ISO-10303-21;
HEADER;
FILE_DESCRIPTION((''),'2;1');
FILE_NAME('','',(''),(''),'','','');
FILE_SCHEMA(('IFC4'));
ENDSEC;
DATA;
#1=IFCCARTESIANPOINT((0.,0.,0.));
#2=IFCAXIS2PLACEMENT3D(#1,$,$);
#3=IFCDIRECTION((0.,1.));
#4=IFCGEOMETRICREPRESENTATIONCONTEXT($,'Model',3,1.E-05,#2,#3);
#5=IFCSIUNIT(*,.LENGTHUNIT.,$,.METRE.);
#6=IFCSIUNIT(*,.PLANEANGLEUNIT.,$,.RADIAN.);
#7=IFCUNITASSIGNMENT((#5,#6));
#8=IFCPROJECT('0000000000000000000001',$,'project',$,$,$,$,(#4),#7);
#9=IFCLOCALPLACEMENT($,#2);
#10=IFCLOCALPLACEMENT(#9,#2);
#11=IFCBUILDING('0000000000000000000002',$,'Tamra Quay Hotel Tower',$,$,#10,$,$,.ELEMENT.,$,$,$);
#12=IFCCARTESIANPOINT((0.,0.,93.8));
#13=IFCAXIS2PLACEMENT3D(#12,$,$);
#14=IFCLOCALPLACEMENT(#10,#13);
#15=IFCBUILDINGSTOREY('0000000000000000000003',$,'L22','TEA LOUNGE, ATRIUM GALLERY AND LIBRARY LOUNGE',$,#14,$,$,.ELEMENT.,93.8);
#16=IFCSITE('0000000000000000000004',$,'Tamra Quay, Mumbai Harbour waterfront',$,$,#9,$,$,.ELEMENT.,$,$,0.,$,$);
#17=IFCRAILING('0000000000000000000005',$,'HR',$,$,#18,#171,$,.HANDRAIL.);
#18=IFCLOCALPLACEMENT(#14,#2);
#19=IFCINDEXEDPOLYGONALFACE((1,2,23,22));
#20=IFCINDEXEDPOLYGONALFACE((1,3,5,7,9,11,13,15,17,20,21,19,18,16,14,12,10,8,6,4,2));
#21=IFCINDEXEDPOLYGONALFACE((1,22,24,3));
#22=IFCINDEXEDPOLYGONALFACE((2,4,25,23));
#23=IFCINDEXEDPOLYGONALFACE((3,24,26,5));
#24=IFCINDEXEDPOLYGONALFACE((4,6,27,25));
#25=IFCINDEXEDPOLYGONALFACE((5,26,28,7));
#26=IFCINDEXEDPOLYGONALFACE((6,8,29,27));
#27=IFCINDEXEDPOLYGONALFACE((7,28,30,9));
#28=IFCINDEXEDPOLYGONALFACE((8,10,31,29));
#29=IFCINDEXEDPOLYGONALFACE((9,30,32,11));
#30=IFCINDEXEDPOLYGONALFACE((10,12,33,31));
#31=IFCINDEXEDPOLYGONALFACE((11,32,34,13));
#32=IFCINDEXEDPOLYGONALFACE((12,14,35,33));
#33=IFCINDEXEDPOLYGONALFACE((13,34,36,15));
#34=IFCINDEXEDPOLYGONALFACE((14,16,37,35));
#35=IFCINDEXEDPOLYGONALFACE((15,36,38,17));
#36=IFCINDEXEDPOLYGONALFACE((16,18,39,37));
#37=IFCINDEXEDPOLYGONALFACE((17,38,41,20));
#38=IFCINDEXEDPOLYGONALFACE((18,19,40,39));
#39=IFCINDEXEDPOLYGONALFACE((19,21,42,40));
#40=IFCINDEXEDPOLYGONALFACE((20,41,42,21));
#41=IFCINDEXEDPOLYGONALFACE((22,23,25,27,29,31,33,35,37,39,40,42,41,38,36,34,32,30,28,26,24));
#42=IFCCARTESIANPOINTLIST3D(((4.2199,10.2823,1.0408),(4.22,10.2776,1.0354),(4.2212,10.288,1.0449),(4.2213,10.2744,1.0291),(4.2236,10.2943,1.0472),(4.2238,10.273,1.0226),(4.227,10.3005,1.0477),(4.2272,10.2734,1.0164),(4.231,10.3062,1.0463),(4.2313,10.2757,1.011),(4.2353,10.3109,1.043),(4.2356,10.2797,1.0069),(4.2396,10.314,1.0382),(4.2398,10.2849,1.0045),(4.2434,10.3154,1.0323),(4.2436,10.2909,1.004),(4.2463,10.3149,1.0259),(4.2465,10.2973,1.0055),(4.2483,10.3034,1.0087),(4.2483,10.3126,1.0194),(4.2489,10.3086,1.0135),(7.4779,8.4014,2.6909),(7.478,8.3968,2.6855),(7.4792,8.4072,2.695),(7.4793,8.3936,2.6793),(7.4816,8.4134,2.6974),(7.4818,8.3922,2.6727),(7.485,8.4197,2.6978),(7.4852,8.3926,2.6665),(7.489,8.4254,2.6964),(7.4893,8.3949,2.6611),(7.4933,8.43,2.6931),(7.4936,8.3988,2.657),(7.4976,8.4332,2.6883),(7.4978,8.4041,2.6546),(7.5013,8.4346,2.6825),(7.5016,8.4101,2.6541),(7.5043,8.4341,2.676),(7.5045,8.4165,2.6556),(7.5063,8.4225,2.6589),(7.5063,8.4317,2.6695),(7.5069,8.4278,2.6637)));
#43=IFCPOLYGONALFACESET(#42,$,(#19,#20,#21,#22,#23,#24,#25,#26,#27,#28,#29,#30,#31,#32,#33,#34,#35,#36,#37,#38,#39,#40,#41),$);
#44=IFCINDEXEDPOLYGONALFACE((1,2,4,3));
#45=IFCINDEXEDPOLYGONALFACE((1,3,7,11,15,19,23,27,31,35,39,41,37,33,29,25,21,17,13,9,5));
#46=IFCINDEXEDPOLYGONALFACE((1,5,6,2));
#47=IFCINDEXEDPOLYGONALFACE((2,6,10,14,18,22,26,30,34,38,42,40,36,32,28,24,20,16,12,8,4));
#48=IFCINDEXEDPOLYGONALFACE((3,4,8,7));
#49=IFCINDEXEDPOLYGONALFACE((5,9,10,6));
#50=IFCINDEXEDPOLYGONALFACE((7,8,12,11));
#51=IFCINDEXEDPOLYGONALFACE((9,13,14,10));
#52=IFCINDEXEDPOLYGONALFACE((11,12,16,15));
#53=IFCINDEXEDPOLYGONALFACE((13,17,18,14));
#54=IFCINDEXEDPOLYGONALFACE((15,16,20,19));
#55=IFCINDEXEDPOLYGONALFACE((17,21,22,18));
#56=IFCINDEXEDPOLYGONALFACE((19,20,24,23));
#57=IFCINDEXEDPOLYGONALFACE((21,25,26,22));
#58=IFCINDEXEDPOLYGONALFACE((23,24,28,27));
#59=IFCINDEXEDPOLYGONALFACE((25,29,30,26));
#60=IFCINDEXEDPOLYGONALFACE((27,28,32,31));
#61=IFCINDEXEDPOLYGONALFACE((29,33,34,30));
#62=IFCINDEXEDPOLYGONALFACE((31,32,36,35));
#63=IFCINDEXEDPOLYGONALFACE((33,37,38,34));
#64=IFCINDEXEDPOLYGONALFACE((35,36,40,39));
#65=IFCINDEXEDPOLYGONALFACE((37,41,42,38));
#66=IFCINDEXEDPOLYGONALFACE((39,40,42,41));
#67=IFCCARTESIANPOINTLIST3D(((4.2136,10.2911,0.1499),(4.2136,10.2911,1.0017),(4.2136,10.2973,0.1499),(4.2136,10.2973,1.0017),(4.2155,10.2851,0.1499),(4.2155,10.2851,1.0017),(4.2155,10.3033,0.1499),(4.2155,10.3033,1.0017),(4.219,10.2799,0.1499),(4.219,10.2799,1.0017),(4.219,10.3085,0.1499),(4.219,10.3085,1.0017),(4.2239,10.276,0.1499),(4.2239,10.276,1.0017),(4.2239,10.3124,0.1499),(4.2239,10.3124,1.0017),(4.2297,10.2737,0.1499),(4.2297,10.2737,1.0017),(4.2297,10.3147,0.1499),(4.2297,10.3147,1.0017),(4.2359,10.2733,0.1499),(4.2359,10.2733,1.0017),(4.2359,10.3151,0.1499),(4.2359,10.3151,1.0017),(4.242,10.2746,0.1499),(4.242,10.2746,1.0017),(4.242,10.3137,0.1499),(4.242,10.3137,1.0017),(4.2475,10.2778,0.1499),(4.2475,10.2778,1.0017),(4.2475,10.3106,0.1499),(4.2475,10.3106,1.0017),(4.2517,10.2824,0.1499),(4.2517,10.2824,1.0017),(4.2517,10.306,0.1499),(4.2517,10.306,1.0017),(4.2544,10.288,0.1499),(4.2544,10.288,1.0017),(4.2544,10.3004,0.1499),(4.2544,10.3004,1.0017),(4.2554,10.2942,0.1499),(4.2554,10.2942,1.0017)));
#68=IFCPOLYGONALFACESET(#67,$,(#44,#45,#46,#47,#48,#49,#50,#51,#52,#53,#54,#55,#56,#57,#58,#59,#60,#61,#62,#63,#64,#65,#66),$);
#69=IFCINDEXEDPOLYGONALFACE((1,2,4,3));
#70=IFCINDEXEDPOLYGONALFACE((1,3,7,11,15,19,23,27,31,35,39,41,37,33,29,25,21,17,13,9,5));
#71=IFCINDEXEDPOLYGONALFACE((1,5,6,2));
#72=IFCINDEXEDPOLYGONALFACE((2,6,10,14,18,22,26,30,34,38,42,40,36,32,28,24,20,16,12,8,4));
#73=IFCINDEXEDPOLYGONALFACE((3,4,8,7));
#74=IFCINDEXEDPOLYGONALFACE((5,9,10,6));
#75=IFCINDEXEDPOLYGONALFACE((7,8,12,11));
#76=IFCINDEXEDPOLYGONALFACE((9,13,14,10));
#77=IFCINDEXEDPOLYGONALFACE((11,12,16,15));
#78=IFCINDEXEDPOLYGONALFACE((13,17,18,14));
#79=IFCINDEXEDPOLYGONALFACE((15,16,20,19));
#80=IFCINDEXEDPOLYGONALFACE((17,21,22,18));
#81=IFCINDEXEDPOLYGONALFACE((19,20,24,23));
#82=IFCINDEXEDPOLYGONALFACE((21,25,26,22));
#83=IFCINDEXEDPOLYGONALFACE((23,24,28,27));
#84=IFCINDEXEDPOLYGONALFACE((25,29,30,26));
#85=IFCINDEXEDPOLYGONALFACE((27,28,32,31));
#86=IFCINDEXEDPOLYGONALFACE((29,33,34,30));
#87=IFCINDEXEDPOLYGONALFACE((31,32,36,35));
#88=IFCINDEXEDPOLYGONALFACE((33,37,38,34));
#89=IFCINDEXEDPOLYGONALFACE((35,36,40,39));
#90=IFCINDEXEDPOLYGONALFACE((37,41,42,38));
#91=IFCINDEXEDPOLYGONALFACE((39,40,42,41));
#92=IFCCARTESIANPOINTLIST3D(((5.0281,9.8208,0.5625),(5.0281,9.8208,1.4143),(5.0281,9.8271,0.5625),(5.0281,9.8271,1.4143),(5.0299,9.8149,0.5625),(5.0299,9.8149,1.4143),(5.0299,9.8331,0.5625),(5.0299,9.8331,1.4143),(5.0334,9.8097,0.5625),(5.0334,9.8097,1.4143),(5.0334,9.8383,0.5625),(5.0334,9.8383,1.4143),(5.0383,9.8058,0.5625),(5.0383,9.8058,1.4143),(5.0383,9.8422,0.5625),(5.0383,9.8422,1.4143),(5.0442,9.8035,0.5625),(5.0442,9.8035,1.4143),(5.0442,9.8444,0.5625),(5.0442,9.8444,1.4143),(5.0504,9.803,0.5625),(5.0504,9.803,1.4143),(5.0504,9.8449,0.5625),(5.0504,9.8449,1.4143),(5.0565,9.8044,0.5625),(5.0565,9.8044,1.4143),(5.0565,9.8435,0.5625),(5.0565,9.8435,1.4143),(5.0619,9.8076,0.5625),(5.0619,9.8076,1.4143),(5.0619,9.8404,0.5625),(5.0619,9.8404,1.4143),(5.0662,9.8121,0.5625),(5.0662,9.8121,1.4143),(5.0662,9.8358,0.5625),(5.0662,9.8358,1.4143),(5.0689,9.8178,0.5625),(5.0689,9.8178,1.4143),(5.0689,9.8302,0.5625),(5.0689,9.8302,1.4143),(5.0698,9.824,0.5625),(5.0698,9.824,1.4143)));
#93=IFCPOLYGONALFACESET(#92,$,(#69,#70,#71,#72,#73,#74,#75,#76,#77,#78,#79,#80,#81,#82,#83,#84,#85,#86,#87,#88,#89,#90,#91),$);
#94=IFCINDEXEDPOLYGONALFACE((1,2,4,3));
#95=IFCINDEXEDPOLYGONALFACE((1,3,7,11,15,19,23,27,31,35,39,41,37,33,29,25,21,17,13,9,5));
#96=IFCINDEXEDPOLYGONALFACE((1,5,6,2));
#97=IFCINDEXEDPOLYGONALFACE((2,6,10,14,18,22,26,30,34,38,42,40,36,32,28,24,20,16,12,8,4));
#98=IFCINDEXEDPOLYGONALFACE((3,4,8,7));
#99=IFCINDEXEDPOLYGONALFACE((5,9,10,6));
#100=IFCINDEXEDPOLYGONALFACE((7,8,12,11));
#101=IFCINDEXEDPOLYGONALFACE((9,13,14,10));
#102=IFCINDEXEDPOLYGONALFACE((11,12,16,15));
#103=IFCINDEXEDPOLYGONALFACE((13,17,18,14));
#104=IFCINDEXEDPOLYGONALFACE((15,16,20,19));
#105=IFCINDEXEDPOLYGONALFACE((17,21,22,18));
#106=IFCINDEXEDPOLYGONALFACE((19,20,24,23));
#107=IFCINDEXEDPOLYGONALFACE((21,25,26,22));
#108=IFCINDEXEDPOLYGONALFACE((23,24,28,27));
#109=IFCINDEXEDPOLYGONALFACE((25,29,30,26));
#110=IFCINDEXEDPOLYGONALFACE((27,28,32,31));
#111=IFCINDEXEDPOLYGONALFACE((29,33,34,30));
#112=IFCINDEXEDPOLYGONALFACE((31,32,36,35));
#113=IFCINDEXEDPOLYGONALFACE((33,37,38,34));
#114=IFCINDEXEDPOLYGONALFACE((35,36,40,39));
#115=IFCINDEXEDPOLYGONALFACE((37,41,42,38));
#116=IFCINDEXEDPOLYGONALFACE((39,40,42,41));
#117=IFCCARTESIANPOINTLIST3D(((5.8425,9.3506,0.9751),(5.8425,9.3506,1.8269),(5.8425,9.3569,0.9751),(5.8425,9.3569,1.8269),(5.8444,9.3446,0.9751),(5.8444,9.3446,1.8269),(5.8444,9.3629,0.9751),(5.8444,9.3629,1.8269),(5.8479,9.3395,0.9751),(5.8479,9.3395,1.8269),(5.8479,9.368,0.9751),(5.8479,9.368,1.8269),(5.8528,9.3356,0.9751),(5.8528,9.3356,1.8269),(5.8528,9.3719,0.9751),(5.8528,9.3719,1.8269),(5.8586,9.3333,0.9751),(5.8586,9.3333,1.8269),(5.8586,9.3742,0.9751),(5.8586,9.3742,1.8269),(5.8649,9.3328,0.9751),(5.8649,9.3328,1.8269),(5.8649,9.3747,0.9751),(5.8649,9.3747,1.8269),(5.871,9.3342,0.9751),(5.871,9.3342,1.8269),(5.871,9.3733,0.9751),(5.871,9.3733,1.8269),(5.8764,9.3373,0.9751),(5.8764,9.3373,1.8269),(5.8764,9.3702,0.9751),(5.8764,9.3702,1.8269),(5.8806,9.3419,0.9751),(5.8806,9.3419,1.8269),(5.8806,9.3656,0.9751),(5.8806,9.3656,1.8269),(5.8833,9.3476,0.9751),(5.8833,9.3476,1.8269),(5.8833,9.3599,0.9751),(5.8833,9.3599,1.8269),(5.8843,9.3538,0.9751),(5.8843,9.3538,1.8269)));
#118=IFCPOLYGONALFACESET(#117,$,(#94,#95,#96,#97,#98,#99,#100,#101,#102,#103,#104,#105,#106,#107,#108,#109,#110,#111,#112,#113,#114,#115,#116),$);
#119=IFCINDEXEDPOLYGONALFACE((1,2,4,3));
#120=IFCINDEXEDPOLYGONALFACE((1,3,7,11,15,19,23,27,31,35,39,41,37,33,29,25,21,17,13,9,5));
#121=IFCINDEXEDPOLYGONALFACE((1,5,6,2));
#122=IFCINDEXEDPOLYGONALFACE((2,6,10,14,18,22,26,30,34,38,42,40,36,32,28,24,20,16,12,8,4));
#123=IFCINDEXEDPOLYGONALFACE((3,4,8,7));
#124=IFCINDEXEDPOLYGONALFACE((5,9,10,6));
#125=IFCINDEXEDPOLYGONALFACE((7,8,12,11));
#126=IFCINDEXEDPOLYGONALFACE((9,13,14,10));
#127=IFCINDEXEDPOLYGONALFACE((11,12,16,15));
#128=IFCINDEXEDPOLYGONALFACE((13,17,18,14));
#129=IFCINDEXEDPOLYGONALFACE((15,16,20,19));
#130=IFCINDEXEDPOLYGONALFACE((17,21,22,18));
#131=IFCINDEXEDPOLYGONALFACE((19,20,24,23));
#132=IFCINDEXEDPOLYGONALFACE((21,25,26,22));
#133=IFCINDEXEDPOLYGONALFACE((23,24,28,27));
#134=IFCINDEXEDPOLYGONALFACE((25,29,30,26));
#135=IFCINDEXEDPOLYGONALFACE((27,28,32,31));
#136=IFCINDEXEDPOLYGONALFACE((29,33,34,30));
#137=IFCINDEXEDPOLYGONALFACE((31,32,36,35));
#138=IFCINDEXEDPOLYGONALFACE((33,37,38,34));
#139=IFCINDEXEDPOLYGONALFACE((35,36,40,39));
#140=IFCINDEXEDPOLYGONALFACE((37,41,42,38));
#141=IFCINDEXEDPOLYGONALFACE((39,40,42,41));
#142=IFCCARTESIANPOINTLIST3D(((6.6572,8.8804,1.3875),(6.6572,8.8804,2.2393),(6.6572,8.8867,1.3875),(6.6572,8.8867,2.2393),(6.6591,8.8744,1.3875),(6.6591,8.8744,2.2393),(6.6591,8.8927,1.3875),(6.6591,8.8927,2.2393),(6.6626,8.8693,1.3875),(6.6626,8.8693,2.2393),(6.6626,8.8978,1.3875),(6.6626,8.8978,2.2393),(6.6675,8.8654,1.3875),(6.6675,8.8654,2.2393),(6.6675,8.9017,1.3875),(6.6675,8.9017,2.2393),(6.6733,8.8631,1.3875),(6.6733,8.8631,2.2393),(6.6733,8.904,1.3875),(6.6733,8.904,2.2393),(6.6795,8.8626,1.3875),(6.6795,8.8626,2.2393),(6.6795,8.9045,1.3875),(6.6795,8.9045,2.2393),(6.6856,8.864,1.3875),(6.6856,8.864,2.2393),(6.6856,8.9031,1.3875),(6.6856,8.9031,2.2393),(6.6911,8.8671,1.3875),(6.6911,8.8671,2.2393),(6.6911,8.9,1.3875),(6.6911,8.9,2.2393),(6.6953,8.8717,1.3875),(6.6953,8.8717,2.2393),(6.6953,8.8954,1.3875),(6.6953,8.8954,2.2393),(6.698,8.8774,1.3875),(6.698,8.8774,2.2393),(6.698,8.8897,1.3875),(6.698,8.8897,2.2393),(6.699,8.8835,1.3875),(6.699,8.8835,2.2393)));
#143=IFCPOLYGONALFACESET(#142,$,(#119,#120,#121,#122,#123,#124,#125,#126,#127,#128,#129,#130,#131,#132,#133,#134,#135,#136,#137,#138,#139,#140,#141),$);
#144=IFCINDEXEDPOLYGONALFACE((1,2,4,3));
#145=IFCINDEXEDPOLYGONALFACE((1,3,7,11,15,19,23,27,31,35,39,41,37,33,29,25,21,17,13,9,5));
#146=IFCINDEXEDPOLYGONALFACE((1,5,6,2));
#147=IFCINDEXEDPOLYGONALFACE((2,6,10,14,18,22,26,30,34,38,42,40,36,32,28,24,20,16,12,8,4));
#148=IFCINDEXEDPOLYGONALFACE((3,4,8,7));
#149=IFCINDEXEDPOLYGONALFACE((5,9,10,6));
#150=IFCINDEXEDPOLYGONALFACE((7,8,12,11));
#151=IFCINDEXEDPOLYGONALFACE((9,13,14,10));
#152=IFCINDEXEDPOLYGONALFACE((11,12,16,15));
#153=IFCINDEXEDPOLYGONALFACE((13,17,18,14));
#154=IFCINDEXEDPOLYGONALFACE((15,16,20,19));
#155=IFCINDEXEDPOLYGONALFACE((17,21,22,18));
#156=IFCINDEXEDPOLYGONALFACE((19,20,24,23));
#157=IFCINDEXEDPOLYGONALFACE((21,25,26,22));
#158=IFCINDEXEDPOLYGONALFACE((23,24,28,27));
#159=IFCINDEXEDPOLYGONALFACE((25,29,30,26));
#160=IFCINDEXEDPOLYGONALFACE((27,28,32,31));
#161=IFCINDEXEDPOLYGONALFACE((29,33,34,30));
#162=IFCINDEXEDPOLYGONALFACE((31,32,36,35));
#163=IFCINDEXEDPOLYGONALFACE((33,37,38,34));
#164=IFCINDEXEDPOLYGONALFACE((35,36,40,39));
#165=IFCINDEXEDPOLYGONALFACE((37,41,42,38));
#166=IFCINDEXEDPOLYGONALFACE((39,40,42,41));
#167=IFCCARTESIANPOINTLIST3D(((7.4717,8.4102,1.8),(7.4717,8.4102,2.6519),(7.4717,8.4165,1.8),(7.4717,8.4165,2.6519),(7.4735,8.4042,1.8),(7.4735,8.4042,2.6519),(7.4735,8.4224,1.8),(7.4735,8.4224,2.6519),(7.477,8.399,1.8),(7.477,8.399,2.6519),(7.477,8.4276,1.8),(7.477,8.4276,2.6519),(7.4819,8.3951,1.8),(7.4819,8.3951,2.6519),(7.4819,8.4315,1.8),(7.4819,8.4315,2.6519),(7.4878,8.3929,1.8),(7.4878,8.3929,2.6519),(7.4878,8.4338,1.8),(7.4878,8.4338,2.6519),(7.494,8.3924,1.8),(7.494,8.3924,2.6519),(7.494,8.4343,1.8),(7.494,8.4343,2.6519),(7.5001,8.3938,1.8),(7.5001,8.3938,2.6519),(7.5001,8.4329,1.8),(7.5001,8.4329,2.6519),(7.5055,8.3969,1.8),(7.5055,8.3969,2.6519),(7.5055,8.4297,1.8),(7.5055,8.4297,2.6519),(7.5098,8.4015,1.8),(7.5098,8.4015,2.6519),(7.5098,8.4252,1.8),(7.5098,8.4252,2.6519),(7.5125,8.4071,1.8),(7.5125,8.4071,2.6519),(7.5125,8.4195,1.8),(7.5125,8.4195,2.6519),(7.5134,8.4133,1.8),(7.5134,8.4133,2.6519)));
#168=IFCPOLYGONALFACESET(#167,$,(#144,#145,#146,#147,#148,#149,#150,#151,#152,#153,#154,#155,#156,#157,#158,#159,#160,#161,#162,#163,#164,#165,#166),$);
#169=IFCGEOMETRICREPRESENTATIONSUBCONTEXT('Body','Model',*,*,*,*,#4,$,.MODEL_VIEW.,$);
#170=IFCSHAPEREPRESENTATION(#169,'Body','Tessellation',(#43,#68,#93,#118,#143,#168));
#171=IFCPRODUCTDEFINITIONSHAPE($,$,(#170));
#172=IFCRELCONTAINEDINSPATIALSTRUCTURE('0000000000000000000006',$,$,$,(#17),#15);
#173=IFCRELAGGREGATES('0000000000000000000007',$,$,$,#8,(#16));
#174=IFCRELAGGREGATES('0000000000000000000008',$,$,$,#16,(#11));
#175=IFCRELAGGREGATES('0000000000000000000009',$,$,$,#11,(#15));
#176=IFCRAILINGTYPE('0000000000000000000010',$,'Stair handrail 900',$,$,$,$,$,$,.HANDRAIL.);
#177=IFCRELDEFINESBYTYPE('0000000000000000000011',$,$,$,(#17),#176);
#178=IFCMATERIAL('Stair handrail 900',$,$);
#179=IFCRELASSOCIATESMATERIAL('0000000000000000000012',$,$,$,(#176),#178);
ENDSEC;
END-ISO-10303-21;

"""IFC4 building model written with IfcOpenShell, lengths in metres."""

from ifc_helpers import new_model, si_unit, direction, frame, origin, origin_2d, place, context, subcontext, project, spatial, circle, extrude, material, type_object, element, save


model = new_model("IFC4")

# Units and contexts
model_context = context("Model", 3, precision=1e-05, world=origin(), true_north=direction((0.0, 1.0)))
body_context = subcontext(model_context, "Body", "Model", "MODEL_VIEW")
ifc_project = project(units=[si_unit("LENGTHUNIT", "METRE"), si_unit("PLANEANGLEUNIT", "RADIAN")], contexts=[model_context])

# Site, building, storey
site_placement = place(None, origin())
site = spatial("IfcSite", under=ifc_project, at=site_placement, Name="Tamra Quay, Mumbai Harbour waterfront", CompositionType="ELEMENT", RefElevation=0.0)
building_placement = place(site_placement, origin())
building = spatial("IfcBuilding", under=site, at=building_placement, Name="Tamra Quay Hotel Tower", CompositionType="ELEMENT")
storey_placement = place(building_placement, frame((0.0, 0.0, 93.8)))
storey = spatial("IfcBuildingStorey", under=building, at=storey_placement, Name="L22", Description="TEA LOUNGE, ATRIUM GALLERY AND LIBRARY LOUNGE", CompositionType="ELEMENT", Elevation=93.8)

# Railing
ifc_material_1 = material(Name="Stair handrail 900")
railing_type_1 = type_object("IfcRailingType", Name="Stair handrail 900", PredefinedType="HANDRAIL", material=ifc_material_1)
railing_1_placement = place(storey_placement, frame((4.2344, 10.2942, 0.1499)))
element("IfcRailing", 1, at=railing_1_placement, inside=storey, type_object=railing_type_1, Name="HR", PredefinedType="HANDRAIL", context=body_context, shape_type="SweptSolid", body=[
    extrude(circle(Radius=0.0239, at=origin_2d()), frame((0.0, 0.0, 0.876), z_axis=(0.793103, -0.457854, 0.401692), x_axis=(0.499964, 0.866046, 0.0)), (0.0, 0.0, 1.0), 4.1079),
    extrude(circle(Radius=0.021, at=origin_2d()), origin(), (0.0, 0.0, 1.0), 0.8518),
    extrude(circle(Radius=0.021, at=origin_2d()), frame((0.8145, -0.4702, 0.4126)), (0.0, 0.0, 1.0), 0.8518),
    extrude(circle(Radius=0.021, at=origin_2d()), frame((1.6289, -0.9404, 0.8252)), (0.0, 0.0, 1.0), 0.8518),
    extrude(circle(Radius=0.021, at=origin_2d()), frame((2.4436, -1.4106, 1.2375)), (0.0, 0.0, 1.0), 0.8518),
    extrude(circle(Radius=0.021, at=origin_2d()), frame((3.2581, -1.8809, 1.6501)), (0.0, 0.0, 1.0), 0.8518),
])

save(model, "model.ifc")
